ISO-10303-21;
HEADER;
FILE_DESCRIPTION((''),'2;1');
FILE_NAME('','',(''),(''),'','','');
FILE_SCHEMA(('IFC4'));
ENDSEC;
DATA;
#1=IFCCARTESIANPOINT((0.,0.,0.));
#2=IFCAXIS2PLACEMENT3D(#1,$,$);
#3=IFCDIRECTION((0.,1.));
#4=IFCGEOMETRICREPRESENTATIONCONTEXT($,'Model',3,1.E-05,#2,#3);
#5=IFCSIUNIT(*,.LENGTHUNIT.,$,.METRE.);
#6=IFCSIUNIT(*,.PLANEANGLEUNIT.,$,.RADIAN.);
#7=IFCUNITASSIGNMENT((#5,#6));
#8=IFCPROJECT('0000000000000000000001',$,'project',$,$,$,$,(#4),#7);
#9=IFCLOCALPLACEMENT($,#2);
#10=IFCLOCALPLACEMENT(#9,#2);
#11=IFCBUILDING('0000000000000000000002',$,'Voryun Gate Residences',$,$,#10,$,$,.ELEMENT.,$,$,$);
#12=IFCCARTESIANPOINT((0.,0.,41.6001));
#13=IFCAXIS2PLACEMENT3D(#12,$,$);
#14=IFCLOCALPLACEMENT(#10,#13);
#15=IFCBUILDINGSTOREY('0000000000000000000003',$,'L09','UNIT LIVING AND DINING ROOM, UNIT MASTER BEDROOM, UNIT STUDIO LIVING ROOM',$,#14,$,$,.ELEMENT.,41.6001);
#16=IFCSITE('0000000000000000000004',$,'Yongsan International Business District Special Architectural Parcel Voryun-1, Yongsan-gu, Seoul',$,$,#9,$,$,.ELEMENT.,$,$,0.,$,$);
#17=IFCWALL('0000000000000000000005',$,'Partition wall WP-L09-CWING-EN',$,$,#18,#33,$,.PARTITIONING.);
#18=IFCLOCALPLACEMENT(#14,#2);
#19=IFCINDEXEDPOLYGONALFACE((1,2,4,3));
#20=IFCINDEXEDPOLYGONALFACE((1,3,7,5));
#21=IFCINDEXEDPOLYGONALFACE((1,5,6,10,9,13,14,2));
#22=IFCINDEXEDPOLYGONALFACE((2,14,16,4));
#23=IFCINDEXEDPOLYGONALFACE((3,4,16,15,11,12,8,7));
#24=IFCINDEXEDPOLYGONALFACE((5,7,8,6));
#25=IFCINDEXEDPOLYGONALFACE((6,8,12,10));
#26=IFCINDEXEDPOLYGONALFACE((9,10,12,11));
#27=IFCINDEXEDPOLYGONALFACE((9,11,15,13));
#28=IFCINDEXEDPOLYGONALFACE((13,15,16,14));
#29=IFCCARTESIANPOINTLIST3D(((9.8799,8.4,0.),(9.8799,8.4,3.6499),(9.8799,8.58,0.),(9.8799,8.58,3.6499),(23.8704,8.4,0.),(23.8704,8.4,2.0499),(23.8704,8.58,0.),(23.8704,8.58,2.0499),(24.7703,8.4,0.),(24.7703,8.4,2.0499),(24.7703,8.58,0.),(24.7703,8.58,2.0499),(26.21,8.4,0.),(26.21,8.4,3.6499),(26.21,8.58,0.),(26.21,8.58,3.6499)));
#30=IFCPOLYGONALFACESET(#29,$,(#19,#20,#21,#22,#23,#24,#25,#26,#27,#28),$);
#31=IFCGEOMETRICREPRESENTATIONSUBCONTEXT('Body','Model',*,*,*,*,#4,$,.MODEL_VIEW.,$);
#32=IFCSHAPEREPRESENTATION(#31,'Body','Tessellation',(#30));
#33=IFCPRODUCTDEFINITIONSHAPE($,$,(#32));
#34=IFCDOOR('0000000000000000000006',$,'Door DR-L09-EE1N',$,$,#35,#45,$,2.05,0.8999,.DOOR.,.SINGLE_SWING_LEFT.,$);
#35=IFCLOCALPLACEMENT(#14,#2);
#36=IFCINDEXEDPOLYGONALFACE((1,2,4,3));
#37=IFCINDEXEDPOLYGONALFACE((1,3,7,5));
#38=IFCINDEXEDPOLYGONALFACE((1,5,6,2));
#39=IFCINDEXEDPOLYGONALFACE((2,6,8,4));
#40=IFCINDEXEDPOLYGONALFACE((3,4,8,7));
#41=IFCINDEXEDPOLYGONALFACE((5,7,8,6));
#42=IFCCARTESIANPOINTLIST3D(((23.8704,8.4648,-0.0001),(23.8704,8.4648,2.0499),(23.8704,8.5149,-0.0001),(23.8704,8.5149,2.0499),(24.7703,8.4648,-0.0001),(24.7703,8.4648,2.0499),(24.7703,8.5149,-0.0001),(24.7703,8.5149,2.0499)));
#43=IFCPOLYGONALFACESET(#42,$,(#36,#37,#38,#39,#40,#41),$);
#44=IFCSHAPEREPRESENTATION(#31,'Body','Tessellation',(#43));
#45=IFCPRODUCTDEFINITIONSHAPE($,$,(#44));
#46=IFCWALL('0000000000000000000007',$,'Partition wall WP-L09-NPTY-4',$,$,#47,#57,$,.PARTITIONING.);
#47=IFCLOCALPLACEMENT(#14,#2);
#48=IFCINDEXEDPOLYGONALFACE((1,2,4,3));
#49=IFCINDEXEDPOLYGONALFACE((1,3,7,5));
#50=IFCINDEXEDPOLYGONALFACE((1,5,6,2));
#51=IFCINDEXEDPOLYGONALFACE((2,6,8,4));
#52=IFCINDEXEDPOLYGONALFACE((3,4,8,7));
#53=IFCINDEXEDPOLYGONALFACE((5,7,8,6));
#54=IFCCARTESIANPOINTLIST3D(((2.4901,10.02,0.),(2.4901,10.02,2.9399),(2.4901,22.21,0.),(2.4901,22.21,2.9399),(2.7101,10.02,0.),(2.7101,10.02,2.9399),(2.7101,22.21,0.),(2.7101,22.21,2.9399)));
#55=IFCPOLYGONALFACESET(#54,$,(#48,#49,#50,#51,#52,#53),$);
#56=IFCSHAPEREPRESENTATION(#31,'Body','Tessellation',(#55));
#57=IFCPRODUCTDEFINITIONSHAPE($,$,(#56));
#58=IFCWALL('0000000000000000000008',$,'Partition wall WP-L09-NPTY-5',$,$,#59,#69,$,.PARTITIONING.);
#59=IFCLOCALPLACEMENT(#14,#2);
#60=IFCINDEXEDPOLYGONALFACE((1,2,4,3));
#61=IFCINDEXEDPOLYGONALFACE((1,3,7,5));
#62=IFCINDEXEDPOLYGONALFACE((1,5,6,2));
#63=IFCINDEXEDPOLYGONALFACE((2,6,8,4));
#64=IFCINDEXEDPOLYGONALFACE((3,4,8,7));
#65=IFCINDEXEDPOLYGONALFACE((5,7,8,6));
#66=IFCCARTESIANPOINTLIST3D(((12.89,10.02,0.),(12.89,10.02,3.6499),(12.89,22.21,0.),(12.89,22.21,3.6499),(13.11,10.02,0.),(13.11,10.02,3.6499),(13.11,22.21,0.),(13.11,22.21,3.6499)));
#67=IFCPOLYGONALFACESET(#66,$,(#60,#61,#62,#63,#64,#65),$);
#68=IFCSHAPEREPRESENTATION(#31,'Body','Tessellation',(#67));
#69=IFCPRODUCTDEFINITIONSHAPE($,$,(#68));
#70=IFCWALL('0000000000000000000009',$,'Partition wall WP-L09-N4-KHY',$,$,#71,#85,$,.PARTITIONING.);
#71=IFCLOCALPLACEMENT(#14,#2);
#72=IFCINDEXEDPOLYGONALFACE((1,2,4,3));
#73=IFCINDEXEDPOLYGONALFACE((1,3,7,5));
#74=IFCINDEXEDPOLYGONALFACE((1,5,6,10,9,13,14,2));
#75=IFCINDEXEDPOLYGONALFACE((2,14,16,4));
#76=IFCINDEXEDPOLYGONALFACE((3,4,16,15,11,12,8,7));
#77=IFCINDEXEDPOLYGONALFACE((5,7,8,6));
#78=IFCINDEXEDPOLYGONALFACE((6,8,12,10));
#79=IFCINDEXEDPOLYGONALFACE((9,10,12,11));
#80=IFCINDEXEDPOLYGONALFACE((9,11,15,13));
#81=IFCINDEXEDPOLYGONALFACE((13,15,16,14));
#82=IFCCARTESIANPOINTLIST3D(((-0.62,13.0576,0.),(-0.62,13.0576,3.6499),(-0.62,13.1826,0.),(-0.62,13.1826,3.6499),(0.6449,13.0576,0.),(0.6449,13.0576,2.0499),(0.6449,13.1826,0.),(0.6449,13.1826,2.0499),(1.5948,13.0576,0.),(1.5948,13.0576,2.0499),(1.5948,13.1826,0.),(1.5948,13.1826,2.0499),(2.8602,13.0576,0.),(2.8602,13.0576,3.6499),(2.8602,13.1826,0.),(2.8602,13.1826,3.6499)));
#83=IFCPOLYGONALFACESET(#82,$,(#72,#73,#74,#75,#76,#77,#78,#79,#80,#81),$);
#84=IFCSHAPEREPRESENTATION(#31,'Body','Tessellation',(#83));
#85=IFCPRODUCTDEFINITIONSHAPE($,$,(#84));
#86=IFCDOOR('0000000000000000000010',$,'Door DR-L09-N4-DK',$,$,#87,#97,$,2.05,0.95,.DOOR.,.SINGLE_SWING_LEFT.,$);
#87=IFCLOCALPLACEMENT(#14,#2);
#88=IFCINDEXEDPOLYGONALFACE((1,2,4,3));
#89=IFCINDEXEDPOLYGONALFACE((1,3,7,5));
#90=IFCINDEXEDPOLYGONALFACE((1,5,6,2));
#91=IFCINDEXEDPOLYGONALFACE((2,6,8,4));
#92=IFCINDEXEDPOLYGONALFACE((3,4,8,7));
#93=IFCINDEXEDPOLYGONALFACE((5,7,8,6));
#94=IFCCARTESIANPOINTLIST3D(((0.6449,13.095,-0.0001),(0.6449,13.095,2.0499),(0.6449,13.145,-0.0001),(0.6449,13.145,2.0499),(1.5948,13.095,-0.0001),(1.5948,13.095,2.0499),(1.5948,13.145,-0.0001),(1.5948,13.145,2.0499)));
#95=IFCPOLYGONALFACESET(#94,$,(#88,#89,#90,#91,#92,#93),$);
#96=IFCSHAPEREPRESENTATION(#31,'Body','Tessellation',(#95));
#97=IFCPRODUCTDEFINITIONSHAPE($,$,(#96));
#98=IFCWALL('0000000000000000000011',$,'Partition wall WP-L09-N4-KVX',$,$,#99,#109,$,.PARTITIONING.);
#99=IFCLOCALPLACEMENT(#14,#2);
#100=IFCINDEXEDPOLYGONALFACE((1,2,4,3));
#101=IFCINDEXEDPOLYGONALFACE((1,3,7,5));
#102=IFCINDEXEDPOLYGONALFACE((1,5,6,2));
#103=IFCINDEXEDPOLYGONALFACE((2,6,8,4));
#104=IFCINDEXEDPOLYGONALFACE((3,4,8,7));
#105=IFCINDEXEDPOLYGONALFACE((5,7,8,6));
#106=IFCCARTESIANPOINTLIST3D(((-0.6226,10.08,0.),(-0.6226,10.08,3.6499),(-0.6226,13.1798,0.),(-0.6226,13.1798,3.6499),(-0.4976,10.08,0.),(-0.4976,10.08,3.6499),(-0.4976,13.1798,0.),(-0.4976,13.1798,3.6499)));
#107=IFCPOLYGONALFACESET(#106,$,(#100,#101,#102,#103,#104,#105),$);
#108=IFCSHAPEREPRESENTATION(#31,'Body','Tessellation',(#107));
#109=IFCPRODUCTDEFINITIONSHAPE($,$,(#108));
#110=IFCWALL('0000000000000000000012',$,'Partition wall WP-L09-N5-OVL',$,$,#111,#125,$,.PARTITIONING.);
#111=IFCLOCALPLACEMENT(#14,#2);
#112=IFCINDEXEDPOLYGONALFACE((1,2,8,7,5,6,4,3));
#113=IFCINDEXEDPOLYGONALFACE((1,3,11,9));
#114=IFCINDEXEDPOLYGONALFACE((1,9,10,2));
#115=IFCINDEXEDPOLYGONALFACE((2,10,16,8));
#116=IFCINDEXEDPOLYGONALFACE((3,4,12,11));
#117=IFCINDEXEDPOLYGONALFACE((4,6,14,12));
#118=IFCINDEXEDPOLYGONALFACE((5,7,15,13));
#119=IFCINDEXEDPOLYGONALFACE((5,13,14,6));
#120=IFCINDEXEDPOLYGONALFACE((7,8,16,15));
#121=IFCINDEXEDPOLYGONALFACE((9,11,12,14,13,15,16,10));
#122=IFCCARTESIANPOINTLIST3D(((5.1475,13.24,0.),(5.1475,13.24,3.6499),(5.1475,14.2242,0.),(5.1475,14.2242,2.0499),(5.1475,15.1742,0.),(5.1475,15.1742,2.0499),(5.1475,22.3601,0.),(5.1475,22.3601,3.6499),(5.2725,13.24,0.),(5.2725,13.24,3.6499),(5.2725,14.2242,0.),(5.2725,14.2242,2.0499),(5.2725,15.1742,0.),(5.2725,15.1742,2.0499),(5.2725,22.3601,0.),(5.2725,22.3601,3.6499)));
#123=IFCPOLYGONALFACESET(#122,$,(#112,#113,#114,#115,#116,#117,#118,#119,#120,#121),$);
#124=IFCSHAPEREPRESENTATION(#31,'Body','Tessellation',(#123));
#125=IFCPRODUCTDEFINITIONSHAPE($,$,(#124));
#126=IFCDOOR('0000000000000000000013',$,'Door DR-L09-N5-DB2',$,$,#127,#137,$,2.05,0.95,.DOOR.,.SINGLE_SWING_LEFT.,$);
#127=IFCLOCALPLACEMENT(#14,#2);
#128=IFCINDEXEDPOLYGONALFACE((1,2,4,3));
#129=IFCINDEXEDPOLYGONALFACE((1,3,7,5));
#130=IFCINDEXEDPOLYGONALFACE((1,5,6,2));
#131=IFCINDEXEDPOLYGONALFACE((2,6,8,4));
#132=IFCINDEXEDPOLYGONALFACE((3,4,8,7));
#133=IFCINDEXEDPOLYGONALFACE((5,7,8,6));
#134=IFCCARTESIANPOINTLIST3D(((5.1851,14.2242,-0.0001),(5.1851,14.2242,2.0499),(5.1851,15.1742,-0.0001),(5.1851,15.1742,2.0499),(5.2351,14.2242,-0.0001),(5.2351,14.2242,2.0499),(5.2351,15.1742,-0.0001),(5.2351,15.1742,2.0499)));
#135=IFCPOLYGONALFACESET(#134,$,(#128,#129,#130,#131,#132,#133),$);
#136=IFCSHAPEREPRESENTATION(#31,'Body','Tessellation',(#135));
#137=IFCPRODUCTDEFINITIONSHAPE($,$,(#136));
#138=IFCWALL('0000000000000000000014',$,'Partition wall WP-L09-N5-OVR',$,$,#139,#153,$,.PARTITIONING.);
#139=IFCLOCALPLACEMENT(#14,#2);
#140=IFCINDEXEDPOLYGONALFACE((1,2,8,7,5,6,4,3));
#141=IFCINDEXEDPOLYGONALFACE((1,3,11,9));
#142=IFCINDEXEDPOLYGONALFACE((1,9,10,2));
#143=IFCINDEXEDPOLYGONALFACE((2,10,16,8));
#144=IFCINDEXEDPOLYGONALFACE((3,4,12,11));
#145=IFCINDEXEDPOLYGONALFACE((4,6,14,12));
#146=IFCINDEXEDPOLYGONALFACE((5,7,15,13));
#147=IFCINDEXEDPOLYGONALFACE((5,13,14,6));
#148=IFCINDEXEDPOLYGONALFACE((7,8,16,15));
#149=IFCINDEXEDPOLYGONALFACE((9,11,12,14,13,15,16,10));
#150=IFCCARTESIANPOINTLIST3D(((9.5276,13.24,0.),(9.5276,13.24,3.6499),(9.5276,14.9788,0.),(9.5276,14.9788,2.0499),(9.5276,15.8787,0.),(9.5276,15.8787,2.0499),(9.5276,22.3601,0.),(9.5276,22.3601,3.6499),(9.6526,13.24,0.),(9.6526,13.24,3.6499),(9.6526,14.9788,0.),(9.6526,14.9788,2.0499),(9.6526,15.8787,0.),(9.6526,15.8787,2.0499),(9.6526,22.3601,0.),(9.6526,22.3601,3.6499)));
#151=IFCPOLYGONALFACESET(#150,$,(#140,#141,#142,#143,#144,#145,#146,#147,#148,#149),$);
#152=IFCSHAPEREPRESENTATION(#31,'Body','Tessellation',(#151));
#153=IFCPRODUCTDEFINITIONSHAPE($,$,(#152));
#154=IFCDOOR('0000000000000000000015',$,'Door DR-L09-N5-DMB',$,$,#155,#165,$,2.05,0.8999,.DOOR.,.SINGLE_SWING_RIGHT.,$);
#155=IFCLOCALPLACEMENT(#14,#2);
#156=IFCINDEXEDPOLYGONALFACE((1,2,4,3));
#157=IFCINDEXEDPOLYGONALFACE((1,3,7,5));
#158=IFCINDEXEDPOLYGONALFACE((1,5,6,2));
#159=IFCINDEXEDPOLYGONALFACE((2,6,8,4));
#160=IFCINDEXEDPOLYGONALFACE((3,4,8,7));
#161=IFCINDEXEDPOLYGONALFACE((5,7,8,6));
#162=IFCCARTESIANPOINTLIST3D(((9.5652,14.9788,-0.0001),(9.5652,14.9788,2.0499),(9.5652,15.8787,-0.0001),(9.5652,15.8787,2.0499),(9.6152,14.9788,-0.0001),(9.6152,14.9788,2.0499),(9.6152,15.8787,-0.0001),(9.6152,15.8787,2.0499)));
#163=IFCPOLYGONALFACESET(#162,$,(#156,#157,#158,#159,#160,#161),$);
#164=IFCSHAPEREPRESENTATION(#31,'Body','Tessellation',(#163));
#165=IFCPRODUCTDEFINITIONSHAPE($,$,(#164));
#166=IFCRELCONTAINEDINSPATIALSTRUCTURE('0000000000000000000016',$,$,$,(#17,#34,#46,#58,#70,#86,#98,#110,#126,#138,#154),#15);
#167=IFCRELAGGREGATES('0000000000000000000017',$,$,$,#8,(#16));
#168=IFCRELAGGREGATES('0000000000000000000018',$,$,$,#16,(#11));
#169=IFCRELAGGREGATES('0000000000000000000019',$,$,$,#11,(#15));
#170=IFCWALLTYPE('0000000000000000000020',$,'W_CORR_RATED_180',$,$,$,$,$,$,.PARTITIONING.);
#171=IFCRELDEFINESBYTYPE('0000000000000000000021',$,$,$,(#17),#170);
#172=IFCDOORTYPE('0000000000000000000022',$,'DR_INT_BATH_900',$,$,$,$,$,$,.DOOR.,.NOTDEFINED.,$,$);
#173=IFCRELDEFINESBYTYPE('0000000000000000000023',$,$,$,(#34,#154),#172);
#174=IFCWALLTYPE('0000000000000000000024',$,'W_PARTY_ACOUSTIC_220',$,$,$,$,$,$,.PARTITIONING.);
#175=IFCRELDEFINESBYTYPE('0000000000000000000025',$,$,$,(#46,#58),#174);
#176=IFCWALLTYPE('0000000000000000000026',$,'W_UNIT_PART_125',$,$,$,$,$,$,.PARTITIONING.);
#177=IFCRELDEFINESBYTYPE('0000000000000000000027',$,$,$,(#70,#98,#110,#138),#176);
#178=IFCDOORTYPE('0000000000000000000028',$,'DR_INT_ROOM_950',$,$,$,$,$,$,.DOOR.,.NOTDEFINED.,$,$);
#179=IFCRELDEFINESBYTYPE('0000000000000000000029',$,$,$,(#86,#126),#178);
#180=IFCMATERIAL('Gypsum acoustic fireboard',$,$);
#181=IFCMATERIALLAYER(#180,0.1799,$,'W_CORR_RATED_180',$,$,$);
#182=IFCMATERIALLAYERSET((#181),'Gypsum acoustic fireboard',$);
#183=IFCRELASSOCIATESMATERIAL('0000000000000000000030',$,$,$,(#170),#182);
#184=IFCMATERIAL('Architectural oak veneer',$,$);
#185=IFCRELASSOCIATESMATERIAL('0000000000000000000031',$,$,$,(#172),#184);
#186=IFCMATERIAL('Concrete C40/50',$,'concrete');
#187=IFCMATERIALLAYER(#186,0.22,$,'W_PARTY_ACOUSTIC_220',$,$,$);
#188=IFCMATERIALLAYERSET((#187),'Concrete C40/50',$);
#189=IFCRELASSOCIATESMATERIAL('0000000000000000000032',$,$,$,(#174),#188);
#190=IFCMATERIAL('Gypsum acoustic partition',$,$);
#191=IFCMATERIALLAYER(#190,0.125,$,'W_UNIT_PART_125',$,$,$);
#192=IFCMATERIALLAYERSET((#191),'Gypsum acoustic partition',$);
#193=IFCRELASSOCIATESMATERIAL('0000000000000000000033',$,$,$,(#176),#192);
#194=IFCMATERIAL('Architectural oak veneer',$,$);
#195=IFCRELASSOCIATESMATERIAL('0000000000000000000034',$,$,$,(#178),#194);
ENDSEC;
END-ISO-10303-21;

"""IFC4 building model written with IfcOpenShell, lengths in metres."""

from ifc_helpers import new_model, si_unit, direction, frame, frame_2d, origin, place, context, subcontext, project, spatial, rectangle, extrude, material, layer, layer_set, type_object, element, fill, save


model = new_model("IFC4")

# Units and contexts
model_context = context("Model", 3, precision=1e-05, world=origin(), true_north=direction((0.0, 1.0)))
body_context = subcontext(model_context, "Body", "Model", "MODEL_VIEW")
ifc_project = project(units=[si_unit("LENGTHUNIT", "METRE"), si_unit("PLANEANGLEUNIT", "RADIAN")], contexts=[model_context])

# Site, building, storey
site_placement = place(None, origin())
site = spatial("IfcSite", under=ifc_project, at=site_placement, Name="Yongsan International Business District Special Architectural Parcel Voryun-1, Yongsan-gu, Seoul", CompositionType="ELEMENT", RefElevation=0.0)
building_placement = place(site_placement, origin())
building = spatial("IfcBuilding", under=site, at=building_placement, Name="Voryun Gate Residences", CompositionType="ELEMENT")
storey_placement = place(building_placement, frame((0.0, 0.0, 41.6001)))
storey = spatial("IfcBuildingStorey", under=building, at=storey_placement, Name="L09", Description="UNIT LIVING AND DINING ROOM, UNIT MASTER BEDROOM, UNIT STUDIO LIVING ROOM", CompositionType="ELEMENT", Elevation=41.6001)

# Wall, opening, door
ifc_material_1 = material(Name="Gypsum acoustic fireboard")
ifc_layer_1 = layer(ifc_material_1, 0.1799, Name="W_CORR_RATED_180")
ifc_layer_set_1 = layer_set([ifc_layer_1], Name="Gypsum acoustic fireboard")
wall_type_1 = type_object("IfcWallType", Name="W_CORR_RATED_180", PredefinedType="PARTITIONING", material=ifc_layer_set_1)
wall_1_placement = place(storey_placement, frame((9.8799, 8.49, 0.0), z_axis=(0.0, 0.0, 1.0), x_axis=(1.0, 0.0, 0.0)))
wall_1 = element("IfcWall", 1, at=wall_1_placement, inside=storey, type_object=wall_type_1, Name="Partition wall WP-L09-CWING-EN", PredefinedType="PARTITIONING", context=body_context, shape_type="SweptSolid", body=[
    extrude(rectangle(XDim=16.3301, YDim=0.1799, at=frame_2d((8.165, 0.0))), origin(), (0.0, 0.0, 1.0), 3.6499),
])
opening_1_placement = place(wall_1_placement, frame((13.9905, 0.0, 0.0)))
opening_1 = element("IfcOpeningElement", 2, at=opening_1_placement, cuts=wall_1, PredefinedType="OPENING", context=body_context, shape_type="SweptSolid", body=[
    extrude(rectangle(XDim=0.8999, YDim=2.05, at=frame_2d((0.45, 1.0249))), frame((0.0, 0.0999, 0.0), z_axis=(0.0, -1.0, 0.0), x_axis=(1.0, 0.0, 0.0)), (0.0, 0.0, 1.0), 0.2),
])
ifc_material_2 = material(Name="Architectural oak veneer")
door_type_1 = type_object("IfcDoorType", Name="DR_INT_BATH_900", OperationType="NOTDEFINED", PredefinedType="DOOR", material=ifc_material_2)
door_1_placement = place(opening_1_placement, origin())
door_1 = element("IfcDoor", 3, at=door_1_placement, inside=storey, type_object=door_type_1, Name="Door DR-L09-EE1N", OperationType="SINGLE_SWING_LEFT", OverallHeight=2.05, OverallWidth=0.8999, PredefinedType="DOOR", context=body_context, shape_type="SweptSolid", body=[
    extrude(rectangle(XDim=0.8999, YDim=2.05, at=frame_2d((0.45, 1.0249))), frame((0.0, 0.0249, 0.0), z_axis=(0.0, -1.0, 0.0), x_axis=(1.0, 0.0, 0.0)), (0.0, 0.0, 1.0), 0.05),
])
fill(opening_1, door_1)

# Walls
ifc_material_3 = material(Name="Concrete C40/50", Category="concrete")
ifc_layer_2 = layer(ifc_material_3, 0.22, Name="W_PARTY_ACOUSTIC_220")
ifc_layer_set_2 = layer_set([ifc_layer_2], Name="Concrete C40/50")
wall_type_2 = type_object("IfcWallType", Name="W_PARTY_ACOUSTIC_220", PredefinedType="PARTITIONING", material=ifc_layer_set_2)
wall_2_placement = place(storey_placement, frame((2.6001, 10.02, 0.0), z_axis=(0.0, 0.0, 1.0), x_axis=(0.0, 1.0, 0.0)))
element("IfcWall", 4, at=wall_2_placement, inside=storey, type_object=wall_type_2, Name="Partition wall WP-L09-NPTY-4", PredefinedType="PARTITIONING", context=body_context, shape_type="SweptSolid", body=[
    extrude(rectangle(XDim=12.1899, YDim=0.22, at=frame_2d((6.095, 0.0))), origin(), (0.0, 0.0, 1.0), 2.9399),
])
wall_3_placement = place(storey_placement, frame((13.0, 10.02, 0.0), z_axis=(0.0, 0.0, 1.0), x_axis=(0.0, 1.0, 0.0)))
element("IfcWall", 5, at=wall_3_placement, inside=storey, type_object=wall_type_2, Name="Partition wall WP-L09-NPTY-5", PredefinedType="PARTITIONING", context=body_context, shape_type="SweptSolid", body=[
    extrude(rectangle(XDim=12.1899, YDim=0.22, at=frame_2d((6.095, 0.0))), origin(), (0.0, 0.0, 1.0), 3.6499),
])

# Wall, opening, door
ifc_material_4 = material(Name="Gypsum acoustic partition")
ifc_layer_3 = layer(ifc_material_4, 0.125, Name="W_UNIT_PART_125")
ifc_layer_set_3 = layer_set([ifc_layer_3], Name="Gypsum acoustic partition")
wall_type_3 = type_object("IfcWallType", Name="W_UNIT_PART_125", PredefinedType="PARTITIONING", material=ifc_layer_set_3)
wall_4_placement = place(storey_placement, frame((-0.6201, 13.1201, 0.0), z_axis=(0.0, 0.0, 1.0), x_axis=(1.0, 0.0, 0.0)))
wall_4 = element("IfcWall", 6, at=wall_4_placement, inside=storey, type_object=wall_type_3, Name="Partition wall WP-L09-N4-KHY", PredefinedType="PARTITIONING", context=body_context, shape_type="SweptSolid", body=[
    extrude(rectangle(XDim=3.4802, YDim=0.125, at=frame_2d((1.7402, 0.0))), origin(), (0.0, 0.0, 1.0), 3.6499),
])
opening_2_placement = place(wall_4_placement, frame((1.2649, 0.0, 0.0)))
opening_2 = element("IfcOpeningElement", 7, at=opening_2_placement, cuts=wall_4, PredefinedType="OPENING", context=body_context, shape_type="SweptSolid", body=[
    extrude(rectangle(XDim=0.95, YDim=2.05, at=frame_2d((0.4751, 1.0249))), frame((0.0, 0.0725, 0.0), z_axis=(0.0, -1.0, 0.0), x_axis=(1.0, 0.0, 0.0)), (0.0, 0.0, 1.0), 0.145),
])
ifc_material_5 = material(Name="Architectural oak veneer")
door_type_2 = type_object("IfcDoorType", Name="DR_INT_ROOM_950", OperationType="NOTDEFINED", PredefinedType="DOOR", material=ifc_material_5)
door_2_placement = place(opening_2_placement, origin())
door_2 = element("IfcDoor", 8, at=door_2_placement, inside=storey, type_object=door_type_2, Name="Door DR-L09-N4-DK", OperationType="SINGLE_SWING_LEFT", OverallHeight=2.05, OverallWidth=0.95, PredefinedType="DOOR", context=body_context, shape_type="SweptSolid", body=[
    extrude(rectangle(XDim=0.95, YDim=2.05, at=frame_2d((0.4751, 1.0249))), frame((0.0, 0.0249, 0.0), z_axis=(0.0, -1.0, 0.0), x_axis=(1.0, 0.0, 0.0)), (0.0, 0.0, 1.0), 0.05),
])
fill(opening_2, door_2)

# Wall
wall_5_placement = place(storey_placement, frame((-0.5601, 10.0801, 0.0), z_axis=(0.0, 0.0, 1.0), x_axis=(0.0, 1.0, 0.0)))
element("IfcWall", 9, at=wall_5_placement, inside=storey, type_object=wall_type_3, Name="Partition wall WP-L09-N4-KVX", PredefinedType="PARTITIONING", context=body_context, shape_type="SweptSolid", body=[
    extrude(rectangle(XDim=3.0999, YDim=0.125, at=frame_2d((1.5498, 0.0))), origin(), (0.0, 0.0, 1.0), 3.6499),
])

# Walls, openings, doors
wall_6_placement = place(storey_placement, frame((5.21, 13.24, 0.0), z_axis=(0.0, 0.0, 1.0), x_axis=(0.0, 1.0, 0.0)))
wall_6 = element("IfcWall", 10, at=wall_6_placement, inside=storey, type_object=wall_type_3, Name="Partition wall WP-L09-N5-OVL", PredefinedType="PARTITIONING", context=body_context, shape_type="SweptSolid", body=[
    extrude(rectangle(XDim=9.1201, YDim=0.125, at=frame_2d((4.5601, 0.0))), origin(), (0.0, 0.0, 1.0), 3.6499),
])
opening_3_placement = place(wall_6_placement, frame((0.9841, 0.0, 0.0)))
opening_3 = element("IfcOpeningElement", 11, at=opening_3_placement, cuts=wall_6, PredefinedType="OPENING", context=body_context, shape_type="SweptSolid", body=[
    extrude(rectangle(XDim=0.95, YDim=2.05, at=frame_2d((0.4751, 1.0249))), frame((0.0, 0.0725, 0.0), z_axis=(0.0, -1.0, 0.0), x_axis=(1.0, 0.0, 0.0)), (0.0, 0.0, 1.0), 0.145),
])
door_3_placement = place(opening_3_placement, origin())
door_3 = element("IfcDoor", 12, at=door_3_placement, inside=storey, type_object=door_type_2, Name="Door DR-L09-N5-DB2", OperationType="SINGLE_SWING_LEFT", OverallHeight=2.05, OverallWidth=0.95, PredefinedType="DOOR", context=body_context, shape_type="SweptSolid", body=[
    extrude(rectangle(XDim=0.95, YDim=2.05, at=frame_2d((0.4751, 1.0249))), frame((0.0, 0.0249, 0.0), z_axis=(0.0, -1.0, 0.0), x_axis=(1.0, 0.0, 0.0)), (0.0, 0.0, 1.0), 0.05),
])
fill(opening_3, door_3)
wall_7_placement = place(storey_placement, frame((9.5901, 13.24, 0.0), z_axis=(0.0, 0.0, 1.0), x_axis=(0.0, 1.0, 0.0)))
wall_7 = element("IfcWall", 13, at=wall_7_placement, inside=storey, type_object=wall_type_3, Name="Partition wall WP-L09-N5-OVR", PredefinedType="PARTITIONING", context=body_context, shape_type="SweptSolid", body=[
    extrude(rectangle(XDim=9.1201, YDim=0.125, at=frame_2d((4.5601, 0.0))), origin(), (0.0, 0.0, 1.0), 3.6499),
])
opening_4_placement = place(wall_7_placement, frame((1.7388, 0.0, 0.0)))
opening_4 = element("IfcOpeningElement", 14, at=opening_4_placement, cuts=wall_7, PredefinedType="OPENING", context=body_context, shape_type="SweptSolid", body=[
    extrude(rectangle(XDim=0.8999, YDim=2.05, at=frame_2d((0.45, 1.0249))), frame((0.0, 0.0725, 0.0), z_axis=(0.0, -1.0, 0.0), x_axis=(1.0, 0.0, 0.0)), (0.0, 0.0, 1.0), 0.145),
])
door_4_placement = place(opening_4_placement, origin())
door_4 = element("IfcDoor", 15, at=door_4_placement, inside=storey, type_object=door_type_1, Name="Door DR-L09-N5-DMB", OperationType="SINGLE_SWING_RIGHT", OverallHeight=2.05, OverallWidth=0.8999, PredefinedType="DOOR", context=body_context, shape_type="SweptSolid", body=[
    extrude(rectangle(XDim=0.8999, YDim=2.05, at=frame_2d((0.45, 1.0249))), frame((0.0, 0.0249, 0.0), z_axis=(0.0, -1.0, 0.0), x_axis=(1.0, 0.0, 0.0)), (0.0, 0.0, 1.0), 0.05),
])
fill(opening_4, door_4)

save(model, "model.ifc")
